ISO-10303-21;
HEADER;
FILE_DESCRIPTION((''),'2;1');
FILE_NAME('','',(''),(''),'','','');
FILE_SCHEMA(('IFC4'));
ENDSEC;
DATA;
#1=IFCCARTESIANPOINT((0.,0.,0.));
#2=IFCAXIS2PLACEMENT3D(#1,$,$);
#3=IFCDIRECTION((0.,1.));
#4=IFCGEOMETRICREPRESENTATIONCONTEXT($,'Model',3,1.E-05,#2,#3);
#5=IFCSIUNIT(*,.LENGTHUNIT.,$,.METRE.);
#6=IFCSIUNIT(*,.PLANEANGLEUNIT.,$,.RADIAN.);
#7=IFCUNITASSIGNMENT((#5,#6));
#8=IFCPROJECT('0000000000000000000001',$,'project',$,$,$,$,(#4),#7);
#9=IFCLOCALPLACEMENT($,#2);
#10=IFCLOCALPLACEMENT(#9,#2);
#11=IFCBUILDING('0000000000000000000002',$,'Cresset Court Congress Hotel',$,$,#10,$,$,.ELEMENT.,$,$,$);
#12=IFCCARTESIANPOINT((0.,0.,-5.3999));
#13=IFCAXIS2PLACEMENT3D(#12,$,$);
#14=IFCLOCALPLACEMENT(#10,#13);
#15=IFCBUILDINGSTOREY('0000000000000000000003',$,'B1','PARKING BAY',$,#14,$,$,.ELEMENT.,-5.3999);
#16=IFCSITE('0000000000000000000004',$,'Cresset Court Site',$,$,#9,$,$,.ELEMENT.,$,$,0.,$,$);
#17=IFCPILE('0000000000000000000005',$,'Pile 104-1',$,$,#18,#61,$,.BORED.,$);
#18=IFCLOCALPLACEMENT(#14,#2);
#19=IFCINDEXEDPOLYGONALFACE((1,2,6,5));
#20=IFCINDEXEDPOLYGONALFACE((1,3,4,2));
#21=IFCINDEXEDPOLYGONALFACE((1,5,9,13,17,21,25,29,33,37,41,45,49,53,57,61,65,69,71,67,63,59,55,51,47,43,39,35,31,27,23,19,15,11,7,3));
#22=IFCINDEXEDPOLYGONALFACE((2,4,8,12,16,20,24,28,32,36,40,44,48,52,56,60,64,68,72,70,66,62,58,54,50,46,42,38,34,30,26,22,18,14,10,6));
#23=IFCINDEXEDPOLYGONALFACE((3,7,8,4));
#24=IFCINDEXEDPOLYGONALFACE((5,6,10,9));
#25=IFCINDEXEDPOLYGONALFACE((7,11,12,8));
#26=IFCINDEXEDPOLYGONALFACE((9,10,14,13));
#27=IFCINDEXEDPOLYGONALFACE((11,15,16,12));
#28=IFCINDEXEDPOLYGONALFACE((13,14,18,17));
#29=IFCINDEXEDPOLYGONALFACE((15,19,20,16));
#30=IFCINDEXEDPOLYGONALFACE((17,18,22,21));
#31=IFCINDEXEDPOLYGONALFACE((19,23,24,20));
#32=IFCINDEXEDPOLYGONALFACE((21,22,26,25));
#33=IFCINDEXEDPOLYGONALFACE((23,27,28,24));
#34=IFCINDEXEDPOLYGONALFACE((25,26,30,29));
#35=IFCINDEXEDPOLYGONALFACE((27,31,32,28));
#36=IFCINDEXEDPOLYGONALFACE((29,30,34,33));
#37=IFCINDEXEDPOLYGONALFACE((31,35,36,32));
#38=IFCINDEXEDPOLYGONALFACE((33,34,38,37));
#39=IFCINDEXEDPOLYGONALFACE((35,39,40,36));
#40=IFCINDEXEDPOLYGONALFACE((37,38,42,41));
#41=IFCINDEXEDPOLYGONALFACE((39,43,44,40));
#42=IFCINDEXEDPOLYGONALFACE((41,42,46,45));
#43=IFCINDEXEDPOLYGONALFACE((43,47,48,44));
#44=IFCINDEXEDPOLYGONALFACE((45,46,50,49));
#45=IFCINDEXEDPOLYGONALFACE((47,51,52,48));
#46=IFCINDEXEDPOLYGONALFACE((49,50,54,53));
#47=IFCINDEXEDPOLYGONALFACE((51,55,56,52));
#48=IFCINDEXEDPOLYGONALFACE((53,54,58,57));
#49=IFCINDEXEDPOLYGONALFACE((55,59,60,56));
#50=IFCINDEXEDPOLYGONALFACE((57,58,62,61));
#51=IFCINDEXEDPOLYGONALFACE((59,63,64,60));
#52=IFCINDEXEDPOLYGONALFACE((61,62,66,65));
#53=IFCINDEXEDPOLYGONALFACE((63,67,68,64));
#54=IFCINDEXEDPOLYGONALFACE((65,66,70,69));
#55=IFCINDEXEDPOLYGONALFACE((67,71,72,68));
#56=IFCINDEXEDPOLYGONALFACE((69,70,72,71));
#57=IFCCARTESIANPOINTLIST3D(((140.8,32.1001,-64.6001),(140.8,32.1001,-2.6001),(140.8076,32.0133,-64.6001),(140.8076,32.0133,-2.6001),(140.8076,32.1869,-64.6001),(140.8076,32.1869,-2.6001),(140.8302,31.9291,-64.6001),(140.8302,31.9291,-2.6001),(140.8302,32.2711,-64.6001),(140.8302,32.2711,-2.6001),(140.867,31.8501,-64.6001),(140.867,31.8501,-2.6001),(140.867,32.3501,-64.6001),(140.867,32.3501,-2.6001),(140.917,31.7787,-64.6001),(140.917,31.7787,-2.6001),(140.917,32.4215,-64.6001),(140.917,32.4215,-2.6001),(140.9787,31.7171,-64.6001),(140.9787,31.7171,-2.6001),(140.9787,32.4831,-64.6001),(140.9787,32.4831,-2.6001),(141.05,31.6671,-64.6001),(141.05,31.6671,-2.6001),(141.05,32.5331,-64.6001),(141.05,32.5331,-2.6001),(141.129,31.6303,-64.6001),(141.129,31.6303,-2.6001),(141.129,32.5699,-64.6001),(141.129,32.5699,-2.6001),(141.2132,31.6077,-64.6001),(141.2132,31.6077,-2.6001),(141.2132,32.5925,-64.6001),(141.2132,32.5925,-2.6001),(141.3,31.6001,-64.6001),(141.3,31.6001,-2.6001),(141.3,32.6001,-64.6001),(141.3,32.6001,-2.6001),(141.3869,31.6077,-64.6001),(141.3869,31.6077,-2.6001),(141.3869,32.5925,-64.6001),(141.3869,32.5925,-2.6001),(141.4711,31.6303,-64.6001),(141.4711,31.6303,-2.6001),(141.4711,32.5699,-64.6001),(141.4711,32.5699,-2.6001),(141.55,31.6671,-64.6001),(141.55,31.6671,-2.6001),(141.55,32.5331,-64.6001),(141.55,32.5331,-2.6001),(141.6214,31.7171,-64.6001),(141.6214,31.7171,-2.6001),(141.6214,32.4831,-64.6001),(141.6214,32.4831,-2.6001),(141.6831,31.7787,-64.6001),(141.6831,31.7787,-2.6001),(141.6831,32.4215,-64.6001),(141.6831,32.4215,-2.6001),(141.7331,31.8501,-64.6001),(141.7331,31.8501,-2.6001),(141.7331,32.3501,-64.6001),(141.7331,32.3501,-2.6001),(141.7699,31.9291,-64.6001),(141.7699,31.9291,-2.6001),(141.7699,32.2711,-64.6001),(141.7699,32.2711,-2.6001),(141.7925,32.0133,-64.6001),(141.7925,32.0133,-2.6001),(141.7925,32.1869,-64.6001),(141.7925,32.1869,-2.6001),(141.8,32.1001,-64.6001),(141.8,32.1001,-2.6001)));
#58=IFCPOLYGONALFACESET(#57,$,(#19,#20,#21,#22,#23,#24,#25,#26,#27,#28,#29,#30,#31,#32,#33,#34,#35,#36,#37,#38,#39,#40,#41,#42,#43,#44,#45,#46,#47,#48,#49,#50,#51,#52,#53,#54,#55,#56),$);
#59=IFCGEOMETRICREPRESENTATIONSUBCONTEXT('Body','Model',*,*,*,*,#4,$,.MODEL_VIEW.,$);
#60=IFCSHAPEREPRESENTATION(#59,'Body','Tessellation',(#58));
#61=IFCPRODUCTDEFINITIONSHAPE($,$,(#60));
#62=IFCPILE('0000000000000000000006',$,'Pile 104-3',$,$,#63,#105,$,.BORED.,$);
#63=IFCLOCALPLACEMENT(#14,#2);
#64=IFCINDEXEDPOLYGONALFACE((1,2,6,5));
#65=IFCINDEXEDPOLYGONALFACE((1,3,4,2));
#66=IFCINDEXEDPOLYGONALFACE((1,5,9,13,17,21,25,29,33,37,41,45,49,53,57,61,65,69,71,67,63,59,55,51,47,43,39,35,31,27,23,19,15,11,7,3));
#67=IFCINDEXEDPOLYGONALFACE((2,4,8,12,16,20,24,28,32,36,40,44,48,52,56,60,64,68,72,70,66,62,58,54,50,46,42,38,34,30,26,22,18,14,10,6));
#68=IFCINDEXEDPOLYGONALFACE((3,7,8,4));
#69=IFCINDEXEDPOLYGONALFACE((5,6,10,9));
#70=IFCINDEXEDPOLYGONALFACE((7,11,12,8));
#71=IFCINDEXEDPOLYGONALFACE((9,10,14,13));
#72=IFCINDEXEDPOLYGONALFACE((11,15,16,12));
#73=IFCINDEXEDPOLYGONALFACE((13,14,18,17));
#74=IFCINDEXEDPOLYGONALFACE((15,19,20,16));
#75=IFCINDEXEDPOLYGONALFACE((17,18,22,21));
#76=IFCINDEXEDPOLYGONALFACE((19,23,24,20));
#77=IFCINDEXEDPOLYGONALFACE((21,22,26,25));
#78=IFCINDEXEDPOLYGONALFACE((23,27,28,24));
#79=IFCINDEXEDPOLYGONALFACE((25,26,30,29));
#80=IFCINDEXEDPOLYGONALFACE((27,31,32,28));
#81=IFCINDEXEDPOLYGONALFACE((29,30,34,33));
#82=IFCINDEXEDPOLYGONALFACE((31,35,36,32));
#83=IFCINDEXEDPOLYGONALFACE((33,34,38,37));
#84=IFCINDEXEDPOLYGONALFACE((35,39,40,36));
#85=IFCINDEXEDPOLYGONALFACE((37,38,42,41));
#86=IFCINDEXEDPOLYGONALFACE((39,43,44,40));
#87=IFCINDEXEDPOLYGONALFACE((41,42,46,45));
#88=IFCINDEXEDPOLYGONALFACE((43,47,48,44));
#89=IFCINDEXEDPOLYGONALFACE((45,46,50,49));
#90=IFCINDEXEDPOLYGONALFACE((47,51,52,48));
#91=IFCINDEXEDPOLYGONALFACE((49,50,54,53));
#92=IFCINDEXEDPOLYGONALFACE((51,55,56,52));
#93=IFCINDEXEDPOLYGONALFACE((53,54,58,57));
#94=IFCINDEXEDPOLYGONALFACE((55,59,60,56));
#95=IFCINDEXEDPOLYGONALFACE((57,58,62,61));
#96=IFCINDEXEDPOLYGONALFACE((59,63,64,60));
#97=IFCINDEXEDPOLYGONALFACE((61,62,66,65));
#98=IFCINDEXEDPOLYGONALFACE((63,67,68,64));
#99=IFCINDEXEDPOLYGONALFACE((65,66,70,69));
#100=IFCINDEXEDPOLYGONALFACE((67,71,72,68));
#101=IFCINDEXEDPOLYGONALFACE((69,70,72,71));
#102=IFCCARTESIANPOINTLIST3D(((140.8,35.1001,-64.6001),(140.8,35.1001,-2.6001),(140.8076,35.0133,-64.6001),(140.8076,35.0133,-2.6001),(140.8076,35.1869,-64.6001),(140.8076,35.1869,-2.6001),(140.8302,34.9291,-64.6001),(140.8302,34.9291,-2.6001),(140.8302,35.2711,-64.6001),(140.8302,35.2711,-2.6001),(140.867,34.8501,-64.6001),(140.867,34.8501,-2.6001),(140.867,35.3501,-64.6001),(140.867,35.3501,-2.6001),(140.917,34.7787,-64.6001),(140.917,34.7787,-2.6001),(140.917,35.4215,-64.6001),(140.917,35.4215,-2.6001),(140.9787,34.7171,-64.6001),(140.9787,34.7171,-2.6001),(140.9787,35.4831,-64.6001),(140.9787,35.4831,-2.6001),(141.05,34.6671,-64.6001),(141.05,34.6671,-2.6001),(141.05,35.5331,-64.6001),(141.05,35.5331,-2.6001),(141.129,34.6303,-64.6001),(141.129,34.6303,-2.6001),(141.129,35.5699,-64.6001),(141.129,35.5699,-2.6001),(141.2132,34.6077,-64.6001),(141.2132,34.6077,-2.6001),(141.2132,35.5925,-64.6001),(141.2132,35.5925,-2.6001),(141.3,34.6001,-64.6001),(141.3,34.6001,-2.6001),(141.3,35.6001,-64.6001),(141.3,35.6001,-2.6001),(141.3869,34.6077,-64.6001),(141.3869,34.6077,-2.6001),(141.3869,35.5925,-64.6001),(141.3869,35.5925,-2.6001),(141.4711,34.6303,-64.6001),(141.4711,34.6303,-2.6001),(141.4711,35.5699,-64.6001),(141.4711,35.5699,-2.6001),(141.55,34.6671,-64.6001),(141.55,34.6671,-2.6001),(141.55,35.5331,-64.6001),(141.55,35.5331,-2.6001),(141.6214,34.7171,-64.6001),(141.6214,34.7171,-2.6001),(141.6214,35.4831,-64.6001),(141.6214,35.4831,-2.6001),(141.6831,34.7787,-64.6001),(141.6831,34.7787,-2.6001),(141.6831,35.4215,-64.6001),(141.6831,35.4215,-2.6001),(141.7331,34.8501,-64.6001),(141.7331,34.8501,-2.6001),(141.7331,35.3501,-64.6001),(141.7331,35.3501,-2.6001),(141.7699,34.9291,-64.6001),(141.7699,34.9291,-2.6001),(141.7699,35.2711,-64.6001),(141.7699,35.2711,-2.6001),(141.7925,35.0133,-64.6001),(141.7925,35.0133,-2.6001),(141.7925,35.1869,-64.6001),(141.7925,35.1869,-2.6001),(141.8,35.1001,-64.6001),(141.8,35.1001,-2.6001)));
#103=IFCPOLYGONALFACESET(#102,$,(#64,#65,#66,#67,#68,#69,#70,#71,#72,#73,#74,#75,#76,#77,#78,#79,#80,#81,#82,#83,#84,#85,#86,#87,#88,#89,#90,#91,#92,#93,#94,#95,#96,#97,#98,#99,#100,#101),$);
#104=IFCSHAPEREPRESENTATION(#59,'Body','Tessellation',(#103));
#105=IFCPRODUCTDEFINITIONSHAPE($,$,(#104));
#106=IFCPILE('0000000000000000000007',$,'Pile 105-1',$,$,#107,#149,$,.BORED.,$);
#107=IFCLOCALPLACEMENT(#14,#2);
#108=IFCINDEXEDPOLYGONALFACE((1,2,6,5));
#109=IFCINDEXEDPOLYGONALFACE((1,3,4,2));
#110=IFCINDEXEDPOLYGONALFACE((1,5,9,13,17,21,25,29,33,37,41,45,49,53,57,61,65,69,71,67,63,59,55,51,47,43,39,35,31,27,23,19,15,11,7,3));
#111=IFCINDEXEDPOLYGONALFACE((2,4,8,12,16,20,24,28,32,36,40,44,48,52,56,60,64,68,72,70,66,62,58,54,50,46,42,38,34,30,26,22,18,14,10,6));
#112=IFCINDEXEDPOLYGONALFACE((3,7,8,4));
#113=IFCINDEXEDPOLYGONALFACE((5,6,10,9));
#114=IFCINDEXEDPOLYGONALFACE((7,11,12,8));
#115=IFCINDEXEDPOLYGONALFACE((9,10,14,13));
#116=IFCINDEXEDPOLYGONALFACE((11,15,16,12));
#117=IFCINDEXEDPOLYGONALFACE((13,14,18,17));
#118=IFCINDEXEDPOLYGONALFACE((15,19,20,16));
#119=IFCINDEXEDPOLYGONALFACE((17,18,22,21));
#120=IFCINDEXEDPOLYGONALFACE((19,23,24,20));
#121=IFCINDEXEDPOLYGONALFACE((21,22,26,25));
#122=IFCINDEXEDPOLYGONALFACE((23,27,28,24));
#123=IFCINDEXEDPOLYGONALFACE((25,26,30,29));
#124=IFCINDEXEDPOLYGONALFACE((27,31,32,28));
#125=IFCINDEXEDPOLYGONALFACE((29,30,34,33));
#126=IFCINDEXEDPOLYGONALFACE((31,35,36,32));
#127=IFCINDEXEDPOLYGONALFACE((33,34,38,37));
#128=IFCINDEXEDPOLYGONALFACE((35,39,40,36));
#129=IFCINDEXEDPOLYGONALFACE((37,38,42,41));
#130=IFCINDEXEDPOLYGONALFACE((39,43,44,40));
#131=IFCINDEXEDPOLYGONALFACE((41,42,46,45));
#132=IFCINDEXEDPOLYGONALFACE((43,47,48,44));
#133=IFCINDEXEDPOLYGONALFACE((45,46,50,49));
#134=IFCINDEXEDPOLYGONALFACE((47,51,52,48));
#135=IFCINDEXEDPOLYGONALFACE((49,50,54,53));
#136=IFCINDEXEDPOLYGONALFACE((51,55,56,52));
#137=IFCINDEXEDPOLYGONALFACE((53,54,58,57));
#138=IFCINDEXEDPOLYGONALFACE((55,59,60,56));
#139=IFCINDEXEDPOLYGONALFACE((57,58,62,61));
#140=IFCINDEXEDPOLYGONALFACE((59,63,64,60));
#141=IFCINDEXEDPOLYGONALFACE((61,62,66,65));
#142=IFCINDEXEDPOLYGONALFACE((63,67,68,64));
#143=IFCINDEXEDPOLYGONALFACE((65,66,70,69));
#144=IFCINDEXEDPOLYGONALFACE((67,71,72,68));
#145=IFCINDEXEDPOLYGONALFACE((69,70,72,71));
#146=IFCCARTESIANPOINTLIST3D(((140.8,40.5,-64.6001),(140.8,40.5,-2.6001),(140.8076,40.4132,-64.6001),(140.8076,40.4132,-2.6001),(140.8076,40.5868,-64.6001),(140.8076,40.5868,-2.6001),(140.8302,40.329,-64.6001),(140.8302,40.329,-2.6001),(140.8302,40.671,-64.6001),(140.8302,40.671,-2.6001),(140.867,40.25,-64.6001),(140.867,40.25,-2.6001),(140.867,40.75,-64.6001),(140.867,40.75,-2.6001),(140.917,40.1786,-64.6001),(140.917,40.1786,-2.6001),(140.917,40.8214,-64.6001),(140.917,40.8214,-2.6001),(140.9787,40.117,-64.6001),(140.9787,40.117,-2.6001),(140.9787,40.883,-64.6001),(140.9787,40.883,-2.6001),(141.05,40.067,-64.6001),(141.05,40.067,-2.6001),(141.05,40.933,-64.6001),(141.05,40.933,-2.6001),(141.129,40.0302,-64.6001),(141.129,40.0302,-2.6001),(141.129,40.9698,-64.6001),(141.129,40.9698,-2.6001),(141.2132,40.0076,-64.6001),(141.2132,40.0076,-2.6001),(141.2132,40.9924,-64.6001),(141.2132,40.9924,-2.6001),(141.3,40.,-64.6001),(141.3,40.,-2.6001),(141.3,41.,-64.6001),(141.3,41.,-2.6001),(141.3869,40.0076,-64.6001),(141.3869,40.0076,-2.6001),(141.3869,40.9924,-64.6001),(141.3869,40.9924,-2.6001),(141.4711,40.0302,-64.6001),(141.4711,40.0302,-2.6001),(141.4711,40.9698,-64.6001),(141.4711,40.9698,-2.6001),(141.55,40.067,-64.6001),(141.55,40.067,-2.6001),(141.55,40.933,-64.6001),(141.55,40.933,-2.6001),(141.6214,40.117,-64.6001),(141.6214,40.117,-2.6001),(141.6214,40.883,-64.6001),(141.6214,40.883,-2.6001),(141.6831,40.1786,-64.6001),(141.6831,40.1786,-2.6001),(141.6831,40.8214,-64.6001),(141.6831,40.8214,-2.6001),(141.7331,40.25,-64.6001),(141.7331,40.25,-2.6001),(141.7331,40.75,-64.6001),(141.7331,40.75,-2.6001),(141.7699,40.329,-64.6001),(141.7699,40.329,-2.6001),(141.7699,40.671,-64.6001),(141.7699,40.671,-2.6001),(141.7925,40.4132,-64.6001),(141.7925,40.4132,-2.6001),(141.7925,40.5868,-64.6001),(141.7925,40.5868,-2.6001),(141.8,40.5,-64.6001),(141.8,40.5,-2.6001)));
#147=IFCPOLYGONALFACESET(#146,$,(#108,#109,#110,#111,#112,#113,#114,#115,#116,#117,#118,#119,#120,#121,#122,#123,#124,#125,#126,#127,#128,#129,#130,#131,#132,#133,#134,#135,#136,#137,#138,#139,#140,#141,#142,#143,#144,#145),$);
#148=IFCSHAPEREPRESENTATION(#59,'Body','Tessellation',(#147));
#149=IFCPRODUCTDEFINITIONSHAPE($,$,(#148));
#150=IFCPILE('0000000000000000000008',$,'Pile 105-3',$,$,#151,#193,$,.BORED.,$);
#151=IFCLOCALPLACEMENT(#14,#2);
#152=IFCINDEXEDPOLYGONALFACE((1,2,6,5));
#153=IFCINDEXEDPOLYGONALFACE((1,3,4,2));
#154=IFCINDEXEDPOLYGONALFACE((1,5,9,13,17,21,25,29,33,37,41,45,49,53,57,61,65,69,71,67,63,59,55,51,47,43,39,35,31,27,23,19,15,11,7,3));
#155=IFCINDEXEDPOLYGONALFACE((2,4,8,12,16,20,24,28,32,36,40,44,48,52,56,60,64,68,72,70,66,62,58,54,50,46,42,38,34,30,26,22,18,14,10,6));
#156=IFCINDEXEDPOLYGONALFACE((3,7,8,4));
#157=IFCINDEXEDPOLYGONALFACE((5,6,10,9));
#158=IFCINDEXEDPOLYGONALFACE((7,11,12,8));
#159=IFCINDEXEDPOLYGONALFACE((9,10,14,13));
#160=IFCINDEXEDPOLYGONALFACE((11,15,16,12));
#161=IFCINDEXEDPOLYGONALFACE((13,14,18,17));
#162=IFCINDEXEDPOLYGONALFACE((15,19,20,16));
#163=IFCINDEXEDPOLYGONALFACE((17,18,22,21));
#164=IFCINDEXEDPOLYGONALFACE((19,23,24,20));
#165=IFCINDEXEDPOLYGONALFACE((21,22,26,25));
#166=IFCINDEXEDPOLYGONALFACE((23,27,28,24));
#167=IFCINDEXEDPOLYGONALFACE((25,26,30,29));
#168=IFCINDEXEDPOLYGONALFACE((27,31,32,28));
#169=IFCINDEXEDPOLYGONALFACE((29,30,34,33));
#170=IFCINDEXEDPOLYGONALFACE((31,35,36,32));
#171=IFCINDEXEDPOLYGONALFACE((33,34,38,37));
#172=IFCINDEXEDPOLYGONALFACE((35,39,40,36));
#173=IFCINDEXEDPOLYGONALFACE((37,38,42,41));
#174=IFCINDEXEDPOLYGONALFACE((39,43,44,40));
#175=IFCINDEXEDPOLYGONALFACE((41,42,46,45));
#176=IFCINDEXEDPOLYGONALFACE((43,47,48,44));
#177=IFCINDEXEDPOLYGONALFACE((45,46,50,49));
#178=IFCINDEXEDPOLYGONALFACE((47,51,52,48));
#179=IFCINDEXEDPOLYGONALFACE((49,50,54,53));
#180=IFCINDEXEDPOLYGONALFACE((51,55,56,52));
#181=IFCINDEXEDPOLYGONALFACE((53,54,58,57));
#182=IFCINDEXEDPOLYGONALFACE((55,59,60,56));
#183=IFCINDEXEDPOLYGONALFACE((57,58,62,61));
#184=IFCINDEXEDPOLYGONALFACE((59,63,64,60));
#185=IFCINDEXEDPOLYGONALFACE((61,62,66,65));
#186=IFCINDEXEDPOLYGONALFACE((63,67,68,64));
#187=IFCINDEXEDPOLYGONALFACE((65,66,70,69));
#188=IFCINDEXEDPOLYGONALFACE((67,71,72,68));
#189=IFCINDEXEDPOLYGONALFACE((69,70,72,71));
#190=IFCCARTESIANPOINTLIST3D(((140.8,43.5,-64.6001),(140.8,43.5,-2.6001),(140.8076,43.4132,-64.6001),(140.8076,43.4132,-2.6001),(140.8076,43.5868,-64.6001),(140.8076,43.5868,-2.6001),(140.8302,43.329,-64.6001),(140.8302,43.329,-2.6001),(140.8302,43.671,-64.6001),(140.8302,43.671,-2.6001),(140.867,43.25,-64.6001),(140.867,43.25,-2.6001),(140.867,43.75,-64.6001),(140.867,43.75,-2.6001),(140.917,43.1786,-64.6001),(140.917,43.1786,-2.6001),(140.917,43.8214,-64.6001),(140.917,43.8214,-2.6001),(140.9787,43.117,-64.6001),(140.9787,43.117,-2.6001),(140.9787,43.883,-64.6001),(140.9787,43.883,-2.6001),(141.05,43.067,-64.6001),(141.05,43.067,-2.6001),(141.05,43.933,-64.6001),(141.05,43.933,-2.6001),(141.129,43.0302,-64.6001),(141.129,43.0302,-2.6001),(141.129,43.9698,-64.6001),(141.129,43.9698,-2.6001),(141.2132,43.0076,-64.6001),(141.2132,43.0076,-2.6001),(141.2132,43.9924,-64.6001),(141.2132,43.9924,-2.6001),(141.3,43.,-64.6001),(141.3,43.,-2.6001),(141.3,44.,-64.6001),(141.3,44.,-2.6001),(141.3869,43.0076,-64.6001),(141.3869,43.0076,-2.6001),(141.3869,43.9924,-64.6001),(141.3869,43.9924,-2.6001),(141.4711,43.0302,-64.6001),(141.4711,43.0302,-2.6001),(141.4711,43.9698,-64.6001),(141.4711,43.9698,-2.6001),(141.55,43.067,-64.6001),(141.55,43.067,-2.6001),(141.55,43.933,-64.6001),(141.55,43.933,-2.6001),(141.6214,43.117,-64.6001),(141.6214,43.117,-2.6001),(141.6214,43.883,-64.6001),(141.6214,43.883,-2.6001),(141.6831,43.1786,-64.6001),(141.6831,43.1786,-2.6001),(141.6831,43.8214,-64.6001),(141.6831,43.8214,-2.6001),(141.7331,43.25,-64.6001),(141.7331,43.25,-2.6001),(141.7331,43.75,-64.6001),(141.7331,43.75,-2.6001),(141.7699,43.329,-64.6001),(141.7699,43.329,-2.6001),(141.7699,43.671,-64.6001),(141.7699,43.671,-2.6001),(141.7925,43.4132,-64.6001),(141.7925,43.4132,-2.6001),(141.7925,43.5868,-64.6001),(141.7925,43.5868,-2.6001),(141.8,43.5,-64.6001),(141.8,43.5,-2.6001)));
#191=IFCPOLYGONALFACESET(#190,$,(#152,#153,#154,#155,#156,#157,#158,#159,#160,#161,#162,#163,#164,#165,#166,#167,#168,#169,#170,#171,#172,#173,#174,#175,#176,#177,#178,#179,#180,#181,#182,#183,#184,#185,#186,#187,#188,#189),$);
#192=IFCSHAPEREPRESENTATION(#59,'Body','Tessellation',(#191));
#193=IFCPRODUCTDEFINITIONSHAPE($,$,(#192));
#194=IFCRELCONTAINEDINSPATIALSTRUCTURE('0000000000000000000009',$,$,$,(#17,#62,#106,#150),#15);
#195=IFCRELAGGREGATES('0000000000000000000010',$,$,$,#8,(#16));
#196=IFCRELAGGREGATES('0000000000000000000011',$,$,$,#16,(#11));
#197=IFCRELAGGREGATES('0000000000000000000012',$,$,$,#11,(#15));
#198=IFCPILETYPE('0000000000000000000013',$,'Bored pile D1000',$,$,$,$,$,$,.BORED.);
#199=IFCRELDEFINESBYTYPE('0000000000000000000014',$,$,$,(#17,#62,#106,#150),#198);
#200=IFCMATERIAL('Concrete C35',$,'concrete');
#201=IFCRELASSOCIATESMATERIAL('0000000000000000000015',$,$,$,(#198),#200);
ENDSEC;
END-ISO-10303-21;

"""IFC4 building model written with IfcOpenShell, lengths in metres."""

from ifc_helpers import new_model, si_unit, direction, frame, origin, origin_2d, place, context, subcontext, project, spatial, circle, extrude, material, type_object, element, save


model = new_model("IFC4")

# Units and contexts
model_context = context("Model", 3, precision=1e-05, world=origin(), true_north=direction((0.0, 1.0)))
body_context = subcontext(model_context, "Body", "Model", "MODEL_VIEW")
ifc_project = project(units=[si_unit("LENGTHUNIT", "METRE"), si_unit("PLANEANGLEUNIT", "RADIAN")], contexts=[model_context])

# Site, building, storey
site_placement = place(None, origin())
site = spatial("IfcSite", under=ifc_project, at=site_placement, Name="Cresset Court Site", CompositionType="ELEMENT", RefElevation=0.0)
building_placement = place(site_placement, origin())
building = spatial("IfcBuilding", under=site, at=building_placement, Name="Cresset Court Congress Hotel", CompositionType="ELEMENT")
storey_placement = place(building_placement, frame((0.0, 0.0, -5.3999)))
storey = spatial("IfcBuildingStorey", under=building, at=storey_placement, Name="B1", Description="PARKING BAY", CompositionType="ELEMENT", Elevation=-5.3999)

# Piles
ifc_material_1 = material(Name="Concrete C35", Category="concrete")
pile_type = type_object("IfcPileType", Name="Bored pile D1000", PredefinedType="BORED", material=ifc_material_1)
for number, where, z_axis, x_axis, name in (
    (1, (141.3, 32.1001, -2.6001), (0.0, 0.0, -1.0), (1.0, 0.0, 0.0), "Pile 104-1"),
    (2, (141.3, 35.1001, -2.6001), (0.0, 0.0, -1.0), (1.0, 0.0, 0.0), "Pile 104-3"),
    (3, (141.3, 40.5, -2.6001), (0.0, 0.0, -1.0), (1.0, 0.0, 0.0), "Pile 105-1"),
    (4, (141.3, 43.5, -2.6001), (0.0, 0.0, -1.0), (1.0, 0.0, 0.0), "Pile 105-3"),
):
    element("IfcPile", number, at=place(storey_placement, frame(where, z_axis=z_axis, x_axis=x_axis)), inside=storey, type_object=pile_type, Name=name, PredefinedType="BORED", context=body_context, shape_type="SweptSolid", body=[
        extrude(circle(Radius=0.5, at=origin_2d()), origin(), (0.0, 0.0, 1.0), 62.0),
    ])

save(model, "model.ifc")
